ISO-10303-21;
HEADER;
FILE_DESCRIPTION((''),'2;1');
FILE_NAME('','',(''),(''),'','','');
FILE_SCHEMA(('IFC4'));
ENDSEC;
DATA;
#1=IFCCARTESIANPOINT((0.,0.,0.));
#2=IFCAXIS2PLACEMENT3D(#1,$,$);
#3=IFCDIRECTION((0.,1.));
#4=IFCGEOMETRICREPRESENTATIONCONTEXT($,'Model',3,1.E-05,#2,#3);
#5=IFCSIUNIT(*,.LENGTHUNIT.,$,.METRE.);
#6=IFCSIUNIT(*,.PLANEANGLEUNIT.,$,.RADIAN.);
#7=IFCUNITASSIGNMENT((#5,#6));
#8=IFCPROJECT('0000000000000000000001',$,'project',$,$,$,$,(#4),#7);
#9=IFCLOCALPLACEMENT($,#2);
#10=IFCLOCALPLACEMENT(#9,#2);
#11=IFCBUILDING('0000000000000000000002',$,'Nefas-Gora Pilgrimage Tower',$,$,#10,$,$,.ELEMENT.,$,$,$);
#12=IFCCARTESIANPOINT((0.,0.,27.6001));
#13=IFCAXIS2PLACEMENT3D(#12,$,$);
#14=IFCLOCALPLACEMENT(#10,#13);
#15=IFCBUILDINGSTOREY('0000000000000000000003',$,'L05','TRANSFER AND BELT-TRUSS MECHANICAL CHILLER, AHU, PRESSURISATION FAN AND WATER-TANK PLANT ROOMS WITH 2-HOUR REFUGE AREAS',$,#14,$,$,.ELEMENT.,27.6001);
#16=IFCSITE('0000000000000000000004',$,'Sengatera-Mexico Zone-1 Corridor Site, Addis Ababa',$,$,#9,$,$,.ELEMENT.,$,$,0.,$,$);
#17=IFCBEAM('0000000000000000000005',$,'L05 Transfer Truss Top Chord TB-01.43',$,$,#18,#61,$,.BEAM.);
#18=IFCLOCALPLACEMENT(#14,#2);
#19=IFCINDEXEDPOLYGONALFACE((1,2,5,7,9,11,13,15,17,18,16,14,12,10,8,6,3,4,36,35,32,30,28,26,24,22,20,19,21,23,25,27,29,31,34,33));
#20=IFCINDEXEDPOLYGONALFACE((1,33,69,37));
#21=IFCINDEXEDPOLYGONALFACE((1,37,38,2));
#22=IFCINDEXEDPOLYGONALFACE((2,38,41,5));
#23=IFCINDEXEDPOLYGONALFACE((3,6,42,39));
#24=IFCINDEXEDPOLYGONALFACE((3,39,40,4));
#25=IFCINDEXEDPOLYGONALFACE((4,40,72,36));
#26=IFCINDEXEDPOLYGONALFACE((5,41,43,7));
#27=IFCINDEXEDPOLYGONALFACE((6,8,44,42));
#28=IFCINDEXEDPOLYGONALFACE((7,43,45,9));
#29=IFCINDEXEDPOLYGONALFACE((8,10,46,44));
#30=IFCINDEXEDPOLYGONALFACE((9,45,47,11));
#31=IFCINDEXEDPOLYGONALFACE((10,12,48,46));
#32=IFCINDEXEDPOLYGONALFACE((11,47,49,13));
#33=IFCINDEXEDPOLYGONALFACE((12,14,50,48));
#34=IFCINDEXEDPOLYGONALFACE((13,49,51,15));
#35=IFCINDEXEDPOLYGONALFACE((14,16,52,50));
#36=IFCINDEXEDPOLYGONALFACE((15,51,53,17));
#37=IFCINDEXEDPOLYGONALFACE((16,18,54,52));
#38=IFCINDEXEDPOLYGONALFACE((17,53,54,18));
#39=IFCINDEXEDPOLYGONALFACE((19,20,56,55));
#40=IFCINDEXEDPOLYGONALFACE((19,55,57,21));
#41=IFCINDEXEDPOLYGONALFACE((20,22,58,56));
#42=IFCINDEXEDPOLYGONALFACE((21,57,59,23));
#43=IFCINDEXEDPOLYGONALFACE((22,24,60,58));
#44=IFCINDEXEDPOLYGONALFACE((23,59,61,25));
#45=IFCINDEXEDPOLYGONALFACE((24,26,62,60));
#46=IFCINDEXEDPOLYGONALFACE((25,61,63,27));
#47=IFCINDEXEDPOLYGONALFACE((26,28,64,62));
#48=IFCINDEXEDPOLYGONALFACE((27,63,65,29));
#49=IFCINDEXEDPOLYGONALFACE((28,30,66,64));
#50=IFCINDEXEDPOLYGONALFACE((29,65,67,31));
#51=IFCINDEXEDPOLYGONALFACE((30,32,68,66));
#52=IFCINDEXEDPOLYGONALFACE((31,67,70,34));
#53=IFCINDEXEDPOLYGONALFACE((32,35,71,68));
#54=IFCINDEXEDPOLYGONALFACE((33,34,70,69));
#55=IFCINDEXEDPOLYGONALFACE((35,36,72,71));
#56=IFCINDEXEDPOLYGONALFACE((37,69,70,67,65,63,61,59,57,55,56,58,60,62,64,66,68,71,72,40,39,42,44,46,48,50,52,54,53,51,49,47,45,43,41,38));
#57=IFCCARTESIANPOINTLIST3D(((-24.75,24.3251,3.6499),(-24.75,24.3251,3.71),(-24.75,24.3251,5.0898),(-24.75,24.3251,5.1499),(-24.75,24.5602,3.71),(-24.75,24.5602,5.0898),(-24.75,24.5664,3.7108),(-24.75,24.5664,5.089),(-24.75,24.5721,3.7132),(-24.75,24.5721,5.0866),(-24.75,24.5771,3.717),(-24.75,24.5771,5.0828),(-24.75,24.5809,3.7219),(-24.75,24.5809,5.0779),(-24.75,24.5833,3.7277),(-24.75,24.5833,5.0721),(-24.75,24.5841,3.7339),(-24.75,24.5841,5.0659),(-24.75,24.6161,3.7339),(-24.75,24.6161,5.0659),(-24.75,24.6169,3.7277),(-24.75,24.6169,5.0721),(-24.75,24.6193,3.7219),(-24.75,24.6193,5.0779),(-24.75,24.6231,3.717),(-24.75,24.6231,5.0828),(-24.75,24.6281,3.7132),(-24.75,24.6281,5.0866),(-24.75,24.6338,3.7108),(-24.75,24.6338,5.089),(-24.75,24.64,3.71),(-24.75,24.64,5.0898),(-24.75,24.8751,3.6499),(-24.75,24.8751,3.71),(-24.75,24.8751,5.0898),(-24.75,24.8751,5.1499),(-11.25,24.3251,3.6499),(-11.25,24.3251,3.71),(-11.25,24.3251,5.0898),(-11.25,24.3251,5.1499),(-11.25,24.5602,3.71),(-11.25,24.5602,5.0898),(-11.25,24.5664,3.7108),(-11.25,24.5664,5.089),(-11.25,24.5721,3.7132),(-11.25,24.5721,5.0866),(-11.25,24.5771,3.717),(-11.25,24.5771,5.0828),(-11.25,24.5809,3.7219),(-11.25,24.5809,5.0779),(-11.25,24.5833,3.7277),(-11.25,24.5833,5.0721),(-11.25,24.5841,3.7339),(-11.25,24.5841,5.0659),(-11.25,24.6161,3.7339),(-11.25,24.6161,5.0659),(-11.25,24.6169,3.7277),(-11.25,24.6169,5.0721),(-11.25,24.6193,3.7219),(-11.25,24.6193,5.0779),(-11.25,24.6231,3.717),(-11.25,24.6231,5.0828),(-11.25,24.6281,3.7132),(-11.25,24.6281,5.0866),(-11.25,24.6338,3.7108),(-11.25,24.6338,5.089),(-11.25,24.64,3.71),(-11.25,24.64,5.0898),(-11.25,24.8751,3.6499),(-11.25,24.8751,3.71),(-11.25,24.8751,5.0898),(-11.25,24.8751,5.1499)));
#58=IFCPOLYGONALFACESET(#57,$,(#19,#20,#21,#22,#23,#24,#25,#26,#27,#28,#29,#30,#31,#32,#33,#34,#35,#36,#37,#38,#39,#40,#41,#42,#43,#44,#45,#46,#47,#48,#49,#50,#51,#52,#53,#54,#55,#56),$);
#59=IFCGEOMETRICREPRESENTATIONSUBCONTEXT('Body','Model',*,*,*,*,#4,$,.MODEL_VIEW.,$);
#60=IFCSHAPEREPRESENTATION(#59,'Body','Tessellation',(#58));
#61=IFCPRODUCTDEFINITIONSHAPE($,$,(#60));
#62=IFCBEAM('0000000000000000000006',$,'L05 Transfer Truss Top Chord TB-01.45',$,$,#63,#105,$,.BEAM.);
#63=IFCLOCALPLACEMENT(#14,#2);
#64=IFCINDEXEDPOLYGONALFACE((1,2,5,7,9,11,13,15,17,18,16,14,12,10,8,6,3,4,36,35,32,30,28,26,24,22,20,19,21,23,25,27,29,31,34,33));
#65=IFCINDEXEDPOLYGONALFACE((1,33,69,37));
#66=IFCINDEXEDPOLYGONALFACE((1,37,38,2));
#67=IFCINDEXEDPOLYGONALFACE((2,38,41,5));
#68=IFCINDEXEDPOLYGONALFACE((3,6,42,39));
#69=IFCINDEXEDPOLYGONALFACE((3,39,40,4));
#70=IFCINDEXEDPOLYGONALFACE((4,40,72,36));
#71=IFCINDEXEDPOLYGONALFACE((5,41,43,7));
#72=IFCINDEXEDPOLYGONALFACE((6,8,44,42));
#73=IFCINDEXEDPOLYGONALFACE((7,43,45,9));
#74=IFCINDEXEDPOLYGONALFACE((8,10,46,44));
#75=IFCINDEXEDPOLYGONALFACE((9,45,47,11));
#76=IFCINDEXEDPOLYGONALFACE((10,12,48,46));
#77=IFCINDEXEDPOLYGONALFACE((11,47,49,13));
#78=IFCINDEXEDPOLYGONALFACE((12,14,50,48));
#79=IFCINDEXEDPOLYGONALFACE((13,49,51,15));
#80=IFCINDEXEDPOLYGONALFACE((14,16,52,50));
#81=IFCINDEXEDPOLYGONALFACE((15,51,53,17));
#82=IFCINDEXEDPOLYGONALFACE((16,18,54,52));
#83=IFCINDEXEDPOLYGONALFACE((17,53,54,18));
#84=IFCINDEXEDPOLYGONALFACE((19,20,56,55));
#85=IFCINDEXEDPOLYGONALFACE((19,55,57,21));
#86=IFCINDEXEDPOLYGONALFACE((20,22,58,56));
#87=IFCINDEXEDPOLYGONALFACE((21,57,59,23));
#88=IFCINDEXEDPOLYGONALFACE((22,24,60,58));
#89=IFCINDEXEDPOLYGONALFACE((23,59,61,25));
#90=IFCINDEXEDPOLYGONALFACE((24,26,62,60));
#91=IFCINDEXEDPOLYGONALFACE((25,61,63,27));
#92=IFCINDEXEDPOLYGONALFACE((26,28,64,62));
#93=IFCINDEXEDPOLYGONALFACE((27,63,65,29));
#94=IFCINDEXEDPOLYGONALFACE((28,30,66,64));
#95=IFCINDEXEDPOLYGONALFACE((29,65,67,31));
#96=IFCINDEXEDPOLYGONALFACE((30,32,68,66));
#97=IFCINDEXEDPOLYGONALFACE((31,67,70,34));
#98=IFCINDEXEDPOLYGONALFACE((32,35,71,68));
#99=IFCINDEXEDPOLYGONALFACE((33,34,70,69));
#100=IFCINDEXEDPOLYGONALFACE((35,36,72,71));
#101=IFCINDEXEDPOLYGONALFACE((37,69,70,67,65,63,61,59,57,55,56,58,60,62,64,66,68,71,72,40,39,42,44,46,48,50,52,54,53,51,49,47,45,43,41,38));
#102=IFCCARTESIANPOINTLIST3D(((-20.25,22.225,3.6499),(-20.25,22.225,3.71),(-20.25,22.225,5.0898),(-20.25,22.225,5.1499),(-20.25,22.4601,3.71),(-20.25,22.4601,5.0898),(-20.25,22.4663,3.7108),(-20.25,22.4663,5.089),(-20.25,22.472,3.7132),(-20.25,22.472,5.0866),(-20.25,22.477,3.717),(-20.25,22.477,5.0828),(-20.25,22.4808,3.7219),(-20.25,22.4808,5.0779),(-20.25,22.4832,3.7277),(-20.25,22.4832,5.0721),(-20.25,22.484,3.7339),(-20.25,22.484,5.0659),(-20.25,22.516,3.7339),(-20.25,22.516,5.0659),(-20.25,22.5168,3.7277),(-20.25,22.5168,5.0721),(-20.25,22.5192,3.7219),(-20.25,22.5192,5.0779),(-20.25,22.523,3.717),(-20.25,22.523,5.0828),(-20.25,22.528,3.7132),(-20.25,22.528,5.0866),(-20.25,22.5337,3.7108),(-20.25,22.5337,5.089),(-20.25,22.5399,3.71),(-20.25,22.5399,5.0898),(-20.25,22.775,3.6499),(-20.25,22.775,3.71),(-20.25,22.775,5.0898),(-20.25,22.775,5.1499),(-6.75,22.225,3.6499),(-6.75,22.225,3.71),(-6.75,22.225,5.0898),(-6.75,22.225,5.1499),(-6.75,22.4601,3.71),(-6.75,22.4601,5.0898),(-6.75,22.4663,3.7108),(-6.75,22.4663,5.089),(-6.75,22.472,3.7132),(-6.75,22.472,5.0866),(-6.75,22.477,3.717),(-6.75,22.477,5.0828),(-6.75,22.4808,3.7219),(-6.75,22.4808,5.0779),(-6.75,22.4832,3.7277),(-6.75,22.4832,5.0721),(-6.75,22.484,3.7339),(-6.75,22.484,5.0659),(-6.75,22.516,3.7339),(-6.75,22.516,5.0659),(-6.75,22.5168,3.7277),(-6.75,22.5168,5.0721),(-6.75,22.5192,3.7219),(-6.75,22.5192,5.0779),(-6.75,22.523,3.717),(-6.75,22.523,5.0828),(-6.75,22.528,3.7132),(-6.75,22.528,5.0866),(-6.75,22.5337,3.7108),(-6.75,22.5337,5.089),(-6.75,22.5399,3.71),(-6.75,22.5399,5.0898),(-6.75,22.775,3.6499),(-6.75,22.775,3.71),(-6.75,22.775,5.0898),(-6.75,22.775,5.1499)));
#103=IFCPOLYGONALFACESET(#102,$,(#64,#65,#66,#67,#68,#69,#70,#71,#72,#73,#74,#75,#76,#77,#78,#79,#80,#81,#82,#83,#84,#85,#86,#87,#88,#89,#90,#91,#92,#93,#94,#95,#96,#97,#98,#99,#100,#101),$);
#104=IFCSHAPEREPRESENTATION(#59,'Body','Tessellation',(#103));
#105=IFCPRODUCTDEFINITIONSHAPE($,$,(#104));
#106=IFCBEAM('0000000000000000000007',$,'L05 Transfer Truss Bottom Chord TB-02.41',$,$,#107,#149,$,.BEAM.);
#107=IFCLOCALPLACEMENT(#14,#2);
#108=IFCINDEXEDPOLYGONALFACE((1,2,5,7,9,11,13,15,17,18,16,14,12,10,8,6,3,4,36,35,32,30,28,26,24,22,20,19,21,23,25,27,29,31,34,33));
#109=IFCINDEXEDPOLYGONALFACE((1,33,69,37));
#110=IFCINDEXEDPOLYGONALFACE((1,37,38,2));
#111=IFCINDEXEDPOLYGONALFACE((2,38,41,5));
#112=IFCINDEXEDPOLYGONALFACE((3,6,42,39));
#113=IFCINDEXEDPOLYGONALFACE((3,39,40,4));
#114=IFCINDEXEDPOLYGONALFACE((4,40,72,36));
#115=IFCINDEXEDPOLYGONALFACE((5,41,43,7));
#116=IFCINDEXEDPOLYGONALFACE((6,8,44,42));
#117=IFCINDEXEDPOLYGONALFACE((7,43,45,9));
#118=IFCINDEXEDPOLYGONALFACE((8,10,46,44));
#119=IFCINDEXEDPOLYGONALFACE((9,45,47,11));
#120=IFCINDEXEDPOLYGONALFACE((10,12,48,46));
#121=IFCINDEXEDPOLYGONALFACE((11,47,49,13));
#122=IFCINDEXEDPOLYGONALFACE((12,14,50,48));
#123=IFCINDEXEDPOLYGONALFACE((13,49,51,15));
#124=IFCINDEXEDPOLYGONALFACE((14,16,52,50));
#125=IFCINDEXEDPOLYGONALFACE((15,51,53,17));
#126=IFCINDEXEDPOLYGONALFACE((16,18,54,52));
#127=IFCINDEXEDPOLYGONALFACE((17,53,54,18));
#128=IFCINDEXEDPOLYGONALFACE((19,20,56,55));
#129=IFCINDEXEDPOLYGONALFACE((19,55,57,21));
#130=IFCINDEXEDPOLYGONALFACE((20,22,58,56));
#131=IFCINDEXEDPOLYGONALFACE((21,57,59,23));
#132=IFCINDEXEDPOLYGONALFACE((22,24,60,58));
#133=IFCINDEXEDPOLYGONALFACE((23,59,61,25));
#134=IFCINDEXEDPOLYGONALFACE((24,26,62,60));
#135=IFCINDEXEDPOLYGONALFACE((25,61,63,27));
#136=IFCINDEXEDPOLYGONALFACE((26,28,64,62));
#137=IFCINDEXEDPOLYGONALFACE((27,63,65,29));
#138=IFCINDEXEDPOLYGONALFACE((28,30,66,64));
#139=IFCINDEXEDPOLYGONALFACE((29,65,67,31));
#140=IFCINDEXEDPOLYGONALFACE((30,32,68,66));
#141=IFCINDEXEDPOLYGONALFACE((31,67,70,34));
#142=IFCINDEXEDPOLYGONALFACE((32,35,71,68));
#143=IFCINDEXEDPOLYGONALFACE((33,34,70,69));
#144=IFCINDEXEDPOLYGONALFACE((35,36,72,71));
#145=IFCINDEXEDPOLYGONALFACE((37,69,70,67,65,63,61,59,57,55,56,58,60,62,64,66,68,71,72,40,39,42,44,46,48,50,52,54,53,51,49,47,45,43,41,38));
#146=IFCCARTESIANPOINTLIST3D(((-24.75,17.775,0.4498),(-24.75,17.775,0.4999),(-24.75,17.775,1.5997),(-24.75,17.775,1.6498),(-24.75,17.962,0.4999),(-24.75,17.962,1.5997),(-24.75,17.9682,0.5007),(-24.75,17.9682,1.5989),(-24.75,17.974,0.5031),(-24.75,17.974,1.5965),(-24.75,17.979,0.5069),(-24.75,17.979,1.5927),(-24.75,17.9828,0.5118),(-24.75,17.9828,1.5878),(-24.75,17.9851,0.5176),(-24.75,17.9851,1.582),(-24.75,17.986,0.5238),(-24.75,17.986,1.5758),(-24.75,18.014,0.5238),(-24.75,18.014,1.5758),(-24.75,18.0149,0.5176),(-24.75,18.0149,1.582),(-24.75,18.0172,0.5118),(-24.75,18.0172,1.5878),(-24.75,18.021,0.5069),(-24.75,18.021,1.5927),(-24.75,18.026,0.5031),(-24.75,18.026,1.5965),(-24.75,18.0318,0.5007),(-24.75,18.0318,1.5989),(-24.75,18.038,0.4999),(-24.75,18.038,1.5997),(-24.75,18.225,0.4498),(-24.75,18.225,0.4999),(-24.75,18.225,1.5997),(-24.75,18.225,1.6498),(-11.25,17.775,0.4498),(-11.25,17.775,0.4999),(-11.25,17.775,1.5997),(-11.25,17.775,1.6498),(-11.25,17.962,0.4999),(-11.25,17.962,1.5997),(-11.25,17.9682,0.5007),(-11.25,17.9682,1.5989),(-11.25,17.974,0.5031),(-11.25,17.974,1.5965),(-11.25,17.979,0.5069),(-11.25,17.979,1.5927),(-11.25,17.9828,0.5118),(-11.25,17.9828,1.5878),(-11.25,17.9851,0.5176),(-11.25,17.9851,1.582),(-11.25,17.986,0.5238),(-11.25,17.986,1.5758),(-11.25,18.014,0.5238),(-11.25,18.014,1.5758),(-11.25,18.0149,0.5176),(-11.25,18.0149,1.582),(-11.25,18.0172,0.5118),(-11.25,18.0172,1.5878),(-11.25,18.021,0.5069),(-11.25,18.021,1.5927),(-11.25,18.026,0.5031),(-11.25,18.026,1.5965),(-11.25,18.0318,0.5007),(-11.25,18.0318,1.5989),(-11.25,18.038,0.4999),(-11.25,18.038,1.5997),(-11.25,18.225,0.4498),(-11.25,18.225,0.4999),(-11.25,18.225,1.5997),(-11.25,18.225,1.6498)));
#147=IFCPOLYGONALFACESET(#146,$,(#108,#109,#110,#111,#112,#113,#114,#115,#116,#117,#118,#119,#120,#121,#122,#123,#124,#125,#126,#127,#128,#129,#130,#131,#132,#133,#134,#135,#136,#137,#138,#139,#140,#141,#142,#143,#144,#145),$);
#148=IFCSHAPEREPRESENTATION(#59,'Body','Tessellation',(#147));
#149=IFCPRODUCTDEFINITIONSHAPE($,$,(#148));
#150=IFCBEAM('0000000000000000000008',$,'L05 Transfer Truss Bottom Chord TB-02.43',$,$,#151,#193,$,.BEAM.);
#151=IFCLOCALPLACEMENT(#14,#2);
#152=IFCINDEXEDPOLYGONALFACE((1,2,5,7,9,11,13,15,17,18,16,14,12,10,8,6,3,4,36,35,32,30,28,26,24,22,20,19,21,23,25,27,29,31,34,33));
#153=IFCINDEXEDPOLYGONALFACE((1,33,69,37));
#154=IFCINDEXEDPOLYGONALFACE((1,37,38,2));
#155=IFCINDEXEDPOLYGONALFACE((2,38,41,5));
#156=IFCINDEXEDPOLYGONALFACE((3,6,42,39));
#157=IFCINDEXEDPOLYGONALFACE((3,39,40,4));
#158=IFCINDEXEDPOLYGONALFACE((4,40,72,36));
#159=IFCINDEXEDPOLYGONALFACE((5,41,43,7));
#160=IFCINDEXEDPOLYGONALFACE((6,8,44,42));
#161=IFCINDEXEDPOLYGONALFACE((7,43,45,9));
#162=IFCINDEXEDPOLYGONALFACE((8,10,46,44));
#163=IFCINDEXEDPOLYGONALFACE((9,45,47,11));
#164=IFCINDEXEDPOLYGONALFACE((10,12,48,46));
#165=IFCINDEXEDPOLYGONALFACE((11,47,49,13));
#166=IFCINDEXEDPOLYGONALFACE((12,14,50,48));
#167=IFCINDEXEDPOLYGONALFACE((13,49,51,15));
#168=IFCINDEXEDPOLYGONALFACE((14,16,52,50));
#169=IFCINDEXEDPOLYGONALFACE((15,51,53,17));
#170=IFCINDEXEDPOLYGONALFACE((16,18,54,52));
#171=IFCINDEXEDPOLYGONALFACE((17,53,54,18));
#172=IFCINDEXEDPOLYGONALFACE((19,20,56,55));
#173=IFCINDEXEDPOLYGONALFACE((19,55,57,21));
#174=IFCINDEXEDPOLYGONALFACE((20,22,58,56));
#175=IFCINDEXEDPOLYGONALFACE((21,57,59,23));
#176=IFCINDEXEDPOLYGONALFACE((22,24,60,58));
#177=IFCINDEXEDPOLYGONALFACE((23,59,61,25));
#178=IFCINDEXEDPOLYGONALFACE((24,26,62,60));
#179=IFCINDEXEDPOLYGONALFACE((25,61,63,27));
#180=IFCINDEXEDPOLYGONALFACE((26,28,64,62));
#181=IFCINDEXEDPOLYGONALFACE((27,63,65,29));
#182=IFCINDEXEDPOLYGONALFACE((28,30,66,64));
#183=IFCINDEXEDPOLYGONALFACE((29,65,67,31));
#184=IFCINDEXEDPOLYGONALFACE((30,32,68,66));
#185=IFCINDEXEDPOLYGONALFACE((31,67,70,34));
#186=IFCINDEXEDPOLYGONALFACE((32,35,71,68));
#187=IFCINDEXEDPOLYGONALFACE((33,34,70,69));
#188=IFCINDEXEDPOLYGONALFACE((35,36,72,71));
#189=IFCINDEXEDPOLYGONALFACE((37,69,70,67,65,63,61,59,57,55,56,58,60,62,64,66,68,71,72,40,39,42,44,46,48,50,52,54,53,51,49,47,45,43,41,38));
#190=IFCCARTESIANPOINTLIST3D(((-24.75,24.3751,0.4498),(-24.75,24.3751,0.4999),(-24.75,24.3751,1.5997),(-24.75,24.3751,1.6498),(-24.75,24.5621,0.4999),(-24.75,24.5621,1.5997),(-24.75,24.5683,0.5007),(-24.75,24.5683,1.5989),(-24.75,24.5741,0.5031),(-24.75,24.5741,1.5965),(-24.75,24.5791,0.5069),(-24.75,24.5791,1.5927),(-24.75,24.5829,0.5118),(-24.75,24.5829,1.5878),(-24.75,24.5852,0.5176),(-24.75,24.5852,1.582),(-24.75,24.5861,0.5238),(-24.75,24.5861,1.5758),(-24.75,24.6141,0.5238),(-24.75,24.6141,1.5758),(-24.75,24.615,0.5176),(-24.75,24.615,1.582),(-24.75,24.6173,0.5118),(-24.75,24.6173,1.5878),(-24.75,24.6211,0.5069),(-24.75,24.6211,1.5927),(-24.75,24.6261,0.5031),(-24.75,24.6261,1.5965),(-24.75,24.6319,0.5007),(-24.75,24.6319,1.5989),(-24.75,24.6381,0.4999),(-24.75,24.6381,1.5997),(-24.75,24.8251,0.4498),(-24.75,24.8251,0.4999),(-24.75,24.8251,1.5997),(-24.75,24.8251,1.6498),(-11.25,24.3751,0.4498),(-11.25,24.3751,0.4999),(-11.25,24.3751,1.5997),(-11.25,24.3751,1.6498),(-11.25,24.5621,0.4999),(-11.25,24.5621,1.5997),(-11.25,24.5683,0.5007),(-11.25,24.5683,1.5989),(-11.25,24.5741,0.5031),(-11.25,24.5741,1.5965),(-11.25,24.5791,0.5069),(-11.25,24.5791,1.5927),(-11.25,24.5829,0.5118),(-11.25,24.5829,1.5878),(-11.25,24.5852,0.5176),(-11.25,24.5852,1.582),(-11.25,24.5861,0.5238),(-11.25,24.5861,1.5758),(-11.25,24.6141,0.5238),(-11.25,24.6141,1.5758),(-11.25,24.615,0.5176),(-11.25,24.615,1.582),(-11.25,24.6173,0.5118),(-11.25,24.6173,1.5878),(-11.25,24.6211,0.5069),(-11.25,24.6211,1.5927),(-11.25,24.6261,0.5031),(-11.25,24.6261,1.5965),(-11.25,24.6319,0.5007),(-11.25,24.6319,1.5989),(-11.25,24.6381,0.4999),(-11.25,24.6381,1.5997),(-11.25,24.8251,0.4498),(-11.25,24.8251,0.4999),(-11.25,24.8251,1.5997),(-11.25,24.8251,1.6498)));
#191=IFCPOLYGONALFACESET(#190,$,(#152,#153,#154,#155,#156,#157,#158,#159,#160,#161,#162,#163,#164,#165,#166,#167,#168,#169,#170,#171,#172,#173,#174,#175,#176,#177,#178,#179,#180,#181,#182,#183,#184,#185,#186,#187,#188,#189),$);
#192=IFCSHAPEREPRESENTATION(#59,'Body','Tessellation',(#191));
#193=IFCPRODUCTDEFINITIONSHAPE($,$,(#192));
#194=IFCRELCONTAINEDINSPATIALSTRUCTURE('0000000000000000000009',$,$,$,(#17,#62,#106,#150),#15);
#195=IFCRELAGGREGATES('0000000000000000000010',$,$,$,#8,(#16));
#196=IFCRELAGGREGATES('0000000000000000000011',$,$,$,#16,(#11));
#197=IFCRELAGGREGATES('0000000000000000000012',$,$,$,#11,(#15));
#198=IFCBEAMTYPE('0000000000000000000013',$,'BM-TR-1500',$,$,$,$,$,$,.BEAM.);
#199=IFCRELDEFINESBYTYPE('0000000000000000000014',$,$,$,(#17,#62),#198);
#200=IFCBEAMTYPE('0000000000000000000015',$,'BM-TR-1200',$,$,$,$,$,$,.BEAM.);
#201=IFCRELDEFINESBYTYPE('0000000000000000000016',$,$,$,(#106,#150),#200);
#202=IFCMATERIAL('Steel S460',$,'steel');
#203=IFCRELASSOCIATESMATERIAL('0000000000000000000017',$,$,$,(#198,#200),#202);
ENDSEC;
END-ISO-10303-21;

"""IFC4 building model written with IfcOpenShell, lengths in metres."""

from ifc_helpers import new_model, si_unit, direction, frame, origin, origin_2d, place, context, subcontext, project, spatial, i_section, extrude, source, transform, mapped, material, material_profile, profile_set, type_object, element, save


model = new_model("IFC4")

# Units and contexts
model_context = context("Model", 3, precision=1e-05, world=origin(), true_north=direction((0.0, 1.0)))
body_context = subcontext(model_context, "Body", "Model", "MODEL_VIEW")
ifc_project = project(units=[si_unit("LENGTHUNIT", "METRE"), si_unit("PLANEANGLEUNIT", "RADIAN")], contexts=[model_context])

# Site, building, storey
site_placement = place(None, origin())
site = spatial("IfcSite", under=ifc_project, at=site_placement, Name="Sengatera-Mexico Zone-1 Corridor Site, Addis Ababa", CompositionType="ELEMENT", RefElevation=0.0)
building_placement = place(site_placement, origin())
building = spatial("IfcBuilding", under=site, at=building_placement, Name="Nefas-Gora Pilgrimage Tower", CompositionType="ELEMENT")
storey_placement = place(building_placement, frame((0.0, 0.0, 27.6001)))
storey = spatial("IfcBuildingStorey", under=building, at=storey_placement, Name="L05", Description="TRANSFER AND BELT-TRUSS MECHANICAL CHILLER, AHU, PRESSURISATION FAN AND WATER-TANK PLANT ROOMS WITH 2-HOUR REFUGE AREAS", CompositionType="ELEMENT", Elevation=27.6001)

# Shared definitions
ifc_material = material(Name="Steel S460", Category="steel")

# Beams
ifc_material_profile_1 = material_profile(ifc_material, i_section(OverallWidth=0.55, OverallDepth=1.5, WebThickness=0.032, FlangeThickness=0.0601, FilletRadius=0.0239, at=origin_2d()), Name="WPG 1500x550x32x60")
ifc_profile_set_1 = profile_set([ifc_material_profile_1], Name="Steel S460")
beam_type_1 = type_object("IfcBeamType", Name="BM-TR-1500", PredefinedType="BEAM", material=ifc_profile_set_1)
shared_shape_1 = source(origin(), body_context, "Body", "SweptSolid", [
    extrude(i_section(OverallWidth=0.55, OverallDepth=1.5, WebThickness=0.032, FlangeThickness=0.0601, FilletRadius=0.0239, at=origin_2d()), origin(), (0.0, 0.0, 1.0), 13.5),
])
for number, where, z_axis, x_axis, name in (
    (1, (-24.75, 24.6001, 4.3999), (1.0, 0.0, 0.0), (0.0, 1.0, 0.0), "L05 Transfer Truss Top Chord TB-01.43"),
    (2, (-20.25, 22.5, 4.3999), (1.0, 0.0, 0.0), (0.0, 1.0, 0.0), "L05 Transfer Truss Top Chord TB-01.45"),
):
    element("IfcBeam", number, at=place(storey_placement, frame(where, z_axis=z_axis, x_axis=x_axis)), inside=storey, type_object=beam_type_1, Name=name, PredefinedType="BEAM", context=body_context, shape_type="MappedRepresentation", body=[
        mapped(shared_shape_1, transform((0.0, 0.0, 0.0), x_axis=(1.0, 0.0, 0.0), y_axis=(0.0, 1.0, 0.0), z_axis=(0.0, 0.0, 1.0), scale=1.0)),
    ])
ifc_material_profile_2 = material_profile(ifc_material, i_section(OverallWidth=0.45, OverallDepth=1.2, WebThickness=0.0281, FlangeThickness=0.05, FilletRadius=0.0239, at=origin_2d()), Name="WPG 1200x450x28x50")
ifc_profile_set_2 = profile_set([ifc_material_profile_2], Name="Steel S460")
beam_type_2 = type_object("IfcBeamType", Name="BM-TR-1200", PredefinedType="BEAM", material=ifc_profile_set_2)
shared_shape_2 = source(origin(), body_context, "Body", "SweptSolid", [
    extrude(i_section(OverallWidth=0.45, OverallDepth=1.2, WebThickness=0.0281, FlangeThickness=0.05, FilletRadius=0.0239, at=origin_2d()), origin(), (0.0, 0.0, 1.0), 13.5),
])
for number, where, z_axis, x_axis, name in (
    (3, (-24.75, 18.0, 1.0498), (1.0, 0.0, 0.0), (0.0, 1.0, 0.0), "L05 Transfer Truss Bottom Chord TB-02.41"),
    (4, (-24.75, 24.6001, 1.0498), (1.0, 0.0, 0.0), (0.0, 1.0, 0.0), "L05 Transfer Truss Bottom Chord TB-02.43"),
):
    element("IfcBeam", number, at=place(storey_placement, frame(where, z_axis=z_axis, x_axis=x_axis)), inside=storey, type_object=beam_type_2, Name=name, PredefinedType="BEAM", context=body_context, shape_type="MappedRepresentation", body=[
        mapped(shared_shape_2, transform((0.0, 0.0, 0.0), x_axis=(1.0, 0.0, 0.0), y_axis=(0.0, 1.0, 0.0), z_axis=(0.0, 0.0, 1.0), scale=1.0)),
    ])

save(model, "model.ifc")
